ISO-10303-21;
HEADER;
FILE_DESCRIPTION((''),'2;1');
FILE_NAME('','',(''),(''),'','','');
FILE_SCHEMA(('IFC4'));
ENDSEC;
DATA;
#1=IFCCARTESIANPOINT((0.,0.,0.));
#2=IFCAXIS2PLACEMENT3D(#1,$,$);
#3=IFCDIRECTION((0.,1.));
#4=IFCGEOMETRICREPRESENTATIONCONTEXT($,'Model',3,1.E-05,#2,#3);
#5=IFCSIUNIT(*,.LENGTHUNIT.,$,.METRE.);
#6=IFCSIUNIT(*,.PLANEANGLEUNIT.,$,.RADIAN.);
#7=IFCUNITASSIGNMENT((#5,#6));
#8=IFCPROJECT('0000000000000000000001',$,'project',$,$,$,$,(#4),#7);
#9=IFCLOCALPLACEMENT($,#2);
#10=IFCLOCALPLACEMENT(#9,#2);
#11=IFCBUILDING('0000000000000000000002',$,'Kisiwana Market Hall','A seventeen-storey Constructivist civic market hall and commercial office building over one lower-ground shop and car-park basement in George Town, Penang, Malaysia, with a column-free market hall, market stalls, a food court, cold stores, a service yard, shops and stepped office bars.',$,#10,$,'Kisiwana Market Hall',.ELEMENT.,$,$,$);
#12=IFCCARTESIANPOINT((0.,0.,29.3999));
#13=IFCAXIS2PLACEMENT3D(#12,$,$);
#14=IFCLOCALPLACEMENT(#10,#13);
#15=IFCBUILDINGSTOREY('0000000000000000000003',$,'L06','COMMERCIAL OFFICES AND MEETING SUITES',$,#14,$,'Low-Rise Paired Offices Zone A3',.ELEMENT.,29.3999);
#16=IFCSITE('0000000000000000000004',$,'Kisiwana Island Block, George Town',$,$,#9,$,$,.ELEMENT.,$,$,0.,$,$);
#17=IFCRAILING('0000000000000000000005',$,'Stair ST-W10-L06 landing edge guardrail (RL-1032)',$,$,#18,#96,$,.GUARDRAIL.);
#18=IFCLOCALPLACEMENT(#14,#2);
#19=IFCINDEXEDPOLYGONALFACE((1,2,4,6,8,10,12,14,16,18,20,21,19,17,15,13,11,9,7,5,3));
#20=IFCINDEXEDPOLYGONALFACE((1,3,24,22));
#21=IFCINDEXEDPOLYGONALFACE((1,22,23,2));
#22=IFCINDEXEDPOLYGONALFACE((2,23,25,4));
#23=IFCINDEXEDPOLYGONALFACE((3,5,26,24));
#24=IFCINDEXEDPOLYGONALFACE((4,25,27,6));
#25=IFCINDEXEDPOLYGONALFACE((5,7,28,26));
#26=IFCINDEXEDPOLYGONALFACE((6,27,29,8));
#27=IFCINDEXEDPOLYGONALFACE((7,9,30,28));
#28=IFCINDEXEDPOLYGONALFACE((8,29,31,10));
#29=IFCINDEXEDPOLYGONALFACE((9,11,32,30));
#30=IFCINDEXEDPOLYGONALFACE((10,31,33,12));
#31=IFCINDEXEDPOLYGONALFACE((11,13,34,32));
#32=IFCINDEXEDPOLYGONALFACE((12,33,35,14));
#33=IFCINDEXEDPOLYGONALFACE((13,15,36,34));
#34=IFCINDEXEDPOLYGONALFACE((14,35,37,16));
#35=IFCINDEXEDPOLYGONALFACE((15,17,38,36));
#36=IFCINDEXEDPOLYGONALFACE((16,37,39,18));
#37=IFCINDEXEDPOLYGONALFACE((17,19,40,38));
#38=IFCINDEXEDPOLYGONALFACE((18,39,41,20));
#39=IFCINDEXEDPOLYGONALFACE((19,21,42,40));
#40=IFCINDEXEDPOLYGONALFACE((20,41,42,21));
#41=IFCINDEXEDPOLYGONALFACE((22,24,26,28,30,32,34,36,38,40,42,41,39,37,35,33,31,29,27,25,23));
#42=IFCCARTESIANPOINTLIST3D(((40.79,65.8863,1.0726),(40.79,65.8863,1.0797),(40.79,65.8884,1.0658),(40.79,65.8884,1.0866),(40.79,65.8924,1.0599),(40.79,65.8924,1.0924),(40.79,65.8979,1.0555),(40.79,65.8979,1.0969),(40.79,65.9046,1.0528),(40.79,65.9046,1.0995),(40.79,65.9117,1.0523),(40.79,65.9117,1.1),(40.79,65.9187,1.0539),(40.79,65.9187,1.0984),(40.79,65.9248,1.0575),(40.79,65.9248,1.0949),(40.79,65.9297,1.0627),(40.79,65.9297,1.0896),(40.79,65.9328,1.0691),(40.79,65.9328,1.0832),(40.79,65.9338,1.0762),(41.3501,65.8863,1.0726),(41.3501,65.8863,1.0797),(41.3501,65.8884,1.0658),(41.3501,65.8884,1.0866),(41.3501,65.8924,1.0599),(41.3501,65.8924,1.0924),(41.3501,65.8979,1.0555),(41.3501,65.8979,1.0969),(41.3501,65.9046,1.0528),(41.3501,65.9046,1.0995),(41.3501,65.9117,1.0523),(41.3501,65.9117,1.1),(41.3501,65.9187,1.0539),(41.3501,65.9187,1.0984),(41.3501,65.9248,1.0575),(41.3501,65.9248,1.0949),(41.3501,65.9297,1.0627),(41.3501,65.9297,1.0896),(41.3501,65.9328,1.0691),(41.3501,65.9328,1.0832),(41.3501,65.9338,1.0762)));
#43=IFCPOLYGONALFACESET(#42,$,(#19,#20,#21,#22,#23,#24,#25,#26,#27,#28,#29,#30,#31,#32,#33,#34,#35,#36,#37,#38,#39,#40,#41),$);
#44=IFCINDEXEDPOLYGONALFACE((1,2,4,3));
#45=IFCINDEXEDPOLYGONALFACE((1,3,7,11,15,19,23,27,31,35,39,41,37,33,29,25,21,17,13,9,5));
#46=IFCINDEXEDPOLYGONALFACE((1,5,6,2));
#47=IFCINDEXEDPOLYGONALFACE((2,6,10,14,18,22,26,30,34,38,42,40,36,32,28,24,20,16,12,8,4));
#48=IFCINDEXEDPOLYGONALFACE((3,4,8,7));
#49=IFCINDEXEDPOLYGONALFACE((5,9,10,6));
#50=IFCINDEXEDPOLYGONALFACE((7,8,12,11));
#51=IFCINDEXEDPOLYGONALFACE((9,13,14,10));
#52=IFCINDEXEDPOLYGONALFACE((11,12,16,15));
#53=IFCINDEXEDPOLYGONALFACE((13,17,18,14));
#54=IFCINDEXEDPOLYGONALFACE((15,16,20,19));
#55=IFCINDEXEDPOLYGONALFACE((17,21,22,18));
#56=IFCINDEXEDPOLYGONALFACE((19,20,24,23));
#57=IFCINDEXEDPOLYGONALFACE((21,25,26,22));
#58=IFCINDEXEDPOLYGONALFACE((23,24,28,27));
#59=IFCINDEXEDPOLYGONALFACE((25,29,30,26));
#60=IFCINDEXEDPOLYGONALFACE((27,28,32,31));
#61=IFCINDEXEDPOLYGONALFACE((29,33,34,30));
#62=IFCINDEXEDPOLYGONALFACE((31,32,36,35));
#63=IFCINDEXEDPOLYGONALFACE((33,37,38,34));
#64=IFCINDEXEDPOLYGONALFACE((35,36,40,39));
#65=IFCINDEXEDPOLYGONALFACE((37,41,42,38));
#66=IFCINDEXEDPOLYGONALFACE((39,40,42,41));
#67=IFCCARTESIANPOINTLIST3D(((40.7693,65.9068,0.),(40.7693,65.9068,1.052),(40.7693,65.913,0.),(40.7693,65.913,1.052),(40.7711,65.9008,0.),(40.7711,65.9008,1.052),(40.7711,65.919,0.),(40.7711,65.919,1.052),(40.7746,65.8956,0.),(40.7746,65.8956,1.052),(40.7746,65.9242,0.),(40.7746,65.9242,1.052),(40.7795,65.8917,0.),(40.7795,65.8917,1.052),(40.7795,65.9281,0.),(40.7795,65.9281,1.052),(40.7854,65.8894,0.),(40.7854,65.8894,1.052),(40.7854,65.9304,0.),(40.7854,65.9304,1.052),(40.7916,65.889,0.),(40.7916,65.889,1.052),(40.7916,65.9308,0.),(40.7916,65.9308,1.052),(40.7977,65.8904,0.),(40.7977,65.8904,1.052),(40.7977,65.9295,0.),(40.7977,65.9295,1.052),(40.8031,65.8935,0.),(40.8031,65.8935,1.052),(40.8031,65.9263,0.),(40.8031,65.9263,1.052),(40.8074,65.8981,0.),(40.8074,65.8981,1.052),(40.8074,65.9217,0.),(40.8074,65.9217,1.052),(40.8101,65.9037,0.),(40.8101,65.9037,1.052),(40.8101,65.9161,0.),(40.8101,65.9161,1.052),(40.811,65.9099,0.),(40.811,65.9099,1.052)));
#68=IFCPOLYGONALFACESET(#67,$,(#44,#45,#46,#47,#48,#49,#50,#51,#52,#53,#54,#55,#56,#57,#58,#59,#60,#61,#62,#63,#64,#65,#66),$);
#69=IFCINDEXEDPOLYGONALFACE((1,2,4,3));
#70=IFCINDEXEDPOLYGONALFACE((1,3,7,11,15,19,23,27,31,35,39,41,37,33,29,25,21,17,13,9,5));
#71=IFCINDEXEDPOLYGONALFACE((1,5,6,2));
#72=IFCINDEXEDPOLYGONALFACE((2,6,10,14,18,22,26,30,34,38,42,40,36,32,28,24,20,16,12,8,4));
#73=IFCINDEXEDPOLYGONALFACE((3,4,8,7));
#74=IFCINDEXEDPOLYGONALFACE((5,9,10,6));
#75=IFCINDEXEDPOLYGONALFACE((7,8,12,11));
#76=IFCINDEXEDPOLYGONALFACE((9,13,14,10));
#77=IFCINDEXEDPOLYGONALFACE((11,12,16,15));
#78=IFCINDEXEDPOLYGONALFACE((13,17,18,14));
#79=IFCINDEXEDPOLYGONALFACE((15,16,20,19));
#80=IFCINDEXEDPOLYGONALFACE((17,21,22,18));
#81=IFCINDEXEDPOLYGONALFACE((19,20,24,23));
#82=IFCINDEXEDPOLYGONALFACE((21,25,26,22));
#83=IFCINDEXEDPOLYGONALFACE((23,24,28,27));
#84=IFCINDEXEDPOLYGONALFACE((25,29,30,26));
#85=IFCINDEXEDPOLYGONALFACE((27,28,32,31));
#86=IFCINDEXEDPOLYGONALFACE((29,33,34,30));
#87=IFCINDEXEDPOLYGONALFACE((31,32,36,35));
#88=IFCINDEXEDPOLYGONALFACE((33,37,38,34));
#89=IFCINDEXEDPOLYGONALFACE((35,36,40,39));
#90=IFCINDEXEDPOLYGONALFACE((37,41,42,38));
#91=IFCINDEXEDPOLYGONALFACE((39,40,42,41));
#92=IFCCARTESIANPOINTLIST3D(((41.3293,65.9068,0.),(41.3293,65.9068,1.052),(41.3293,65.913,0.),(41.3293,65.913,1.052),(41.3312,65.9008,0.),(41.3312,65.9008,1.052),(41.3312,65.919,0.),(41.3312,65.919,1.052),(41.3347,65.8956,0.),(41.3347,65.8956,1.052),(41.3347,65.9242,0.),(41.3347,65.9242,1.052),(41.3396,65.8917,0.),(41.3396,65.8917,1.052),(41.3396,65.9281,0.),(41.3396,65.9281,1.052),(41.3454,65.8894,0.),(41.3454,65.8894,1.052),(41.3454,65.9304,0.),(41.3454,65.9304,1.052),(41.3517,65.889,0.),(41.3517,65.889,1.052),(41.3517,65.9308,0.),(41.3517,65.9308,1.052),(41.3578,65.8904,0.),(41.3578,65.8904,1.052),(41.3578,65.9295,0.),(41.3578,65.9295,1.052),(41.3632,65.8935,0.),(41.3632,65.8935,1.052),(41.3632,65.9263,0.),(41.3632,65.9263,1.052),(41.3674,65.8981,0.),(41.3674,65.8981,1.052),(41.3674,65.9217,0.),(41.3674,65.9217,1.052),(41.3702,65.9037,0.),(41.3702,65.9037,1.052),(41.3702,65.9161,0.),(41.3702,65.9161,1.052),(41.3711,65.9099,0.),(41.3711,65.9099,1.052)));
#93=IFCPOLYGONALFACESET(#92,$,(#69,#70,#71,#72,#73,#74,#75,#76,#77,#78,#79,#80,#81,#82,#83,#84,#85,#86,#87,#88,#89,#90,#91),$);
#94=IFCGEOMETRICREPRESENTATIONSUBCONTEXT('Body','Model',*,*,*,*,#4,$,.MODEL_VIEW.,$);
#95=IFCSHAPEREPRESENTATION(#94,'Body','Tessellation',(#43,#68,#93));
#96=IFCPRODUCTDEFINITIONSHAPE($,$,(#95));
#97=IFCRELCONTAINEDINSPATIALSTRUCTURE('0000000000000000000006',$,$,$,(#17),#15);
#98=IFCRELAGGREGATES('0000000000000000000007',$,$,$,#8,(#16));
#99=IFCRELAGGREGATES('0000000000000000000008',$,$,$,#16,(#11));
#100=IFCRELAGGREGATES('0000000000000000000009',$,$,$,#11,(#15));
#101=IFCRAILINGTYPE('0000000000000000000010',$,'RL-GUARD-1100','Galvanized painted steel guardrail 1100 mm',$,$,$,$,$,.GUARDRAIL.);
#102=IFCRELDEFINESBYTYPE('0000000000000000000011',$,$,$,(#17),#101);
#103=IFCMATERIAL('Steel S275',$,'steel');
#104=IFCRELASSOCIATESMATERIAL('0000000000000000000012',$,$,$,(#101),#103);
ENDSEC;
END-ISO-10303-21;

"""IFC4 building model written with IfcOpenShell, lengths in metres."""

from ifc_helpers import new_model, si_unit, direction, frame, origin, origin_2d, place, context, subcontext, project, spatial, circle, extrude, material, type_object, element, save


model = new_model("IFC4")

# Units and contexts
model_context = context("Model", 3, precision=1e-05, world=origin(), true_north=direction((0.0, 1.0)))
body_context = subcontext(model_context, "Body", "Model", "MODEL_VIEW")
ifc_project = project(units=[si_unit("LENGTHUNIT", "METRE"), si_unit("PLANEANGLEUNIT", "RADIAN")], contexts=[model_context])

# Site, building, storey
site_placement = place(None, origin())
site = spatial("IfcSite", under=ifc_project, at=site_placement, Name="Kisiwana Island Block, George Town", CompositionType="ELEMENT", RefElevation=0.0)
building_placement = place(site_placement, origin())
building = spatial("IfcBuilding", under=site, at=building_placement, Name="Kisiwana Market Hall", Description="A seventeen-storey Constructivist civic market hall and commercial office building over one lower-ground shop and car-park basement in George Town, Penang, Malaysia, with a column-free market hall, market stalls, a food court, cold stores, a service yard, shops and stepped office bars.", LongName="Kisiwana Market Hall", CompositionType="ELEMENT")
storey_placement = place(building_placement, frame((0.0, 0.0, 29.3999)))
storey = spatial("IfcBuildingStorey", under=building, at=storey_placement, Name="L06", Description="COMMERCIAL OFFICES AND MEETING SUITES", LongName="Low-Rise Paired Offices Zone A3", CompositionType="ELEMENT", Elevation=29.3999)

# Railing
ifc_material_1 = material(Name="Steel S275", Category="steel")
railing_type_1 = type_object("IfcRailingType", Name="RL-GUARD-1100", Description="Galvanized painted steel guardrail 1100 mm", PredefinedType="GUARDRAIL", material=ifc_material_1)
railing_1_placement = place(storey_placement, frame((40.79, 65.9099, 0.0)))
element("IfcRailing", 1, at=railing_1_placement, inside=storey, type_object=railing_type_1, Name="Stair ST-W10-L06 landing edge guardrail (RL-1032)", PredefinedType="GUARDRAIL", context=body_context, shape_type="SweptSolid", body=[
    extrude(circle(Radius=0.0239, at=origin_2d()), frame((0.0, 0.0, 1.0762), z_axis=(1.0, 0.0, 0.0), x_axis=(0.0, 1.0, 0.0)), (0.0, 0.0, 1.0), 0.5601),
    extrude(circle(Radius=0.021, at=origin_2d()), origin(), (0.0, 0.0, 1.0), 1.052),
    extrude(circle(Radius=0.021, at=origin_2d()), frame((0.5601, 0.0, 0.0)), (0.0, 0.0, 1.0), 1.052),
])

save(model, "model.ifc")
